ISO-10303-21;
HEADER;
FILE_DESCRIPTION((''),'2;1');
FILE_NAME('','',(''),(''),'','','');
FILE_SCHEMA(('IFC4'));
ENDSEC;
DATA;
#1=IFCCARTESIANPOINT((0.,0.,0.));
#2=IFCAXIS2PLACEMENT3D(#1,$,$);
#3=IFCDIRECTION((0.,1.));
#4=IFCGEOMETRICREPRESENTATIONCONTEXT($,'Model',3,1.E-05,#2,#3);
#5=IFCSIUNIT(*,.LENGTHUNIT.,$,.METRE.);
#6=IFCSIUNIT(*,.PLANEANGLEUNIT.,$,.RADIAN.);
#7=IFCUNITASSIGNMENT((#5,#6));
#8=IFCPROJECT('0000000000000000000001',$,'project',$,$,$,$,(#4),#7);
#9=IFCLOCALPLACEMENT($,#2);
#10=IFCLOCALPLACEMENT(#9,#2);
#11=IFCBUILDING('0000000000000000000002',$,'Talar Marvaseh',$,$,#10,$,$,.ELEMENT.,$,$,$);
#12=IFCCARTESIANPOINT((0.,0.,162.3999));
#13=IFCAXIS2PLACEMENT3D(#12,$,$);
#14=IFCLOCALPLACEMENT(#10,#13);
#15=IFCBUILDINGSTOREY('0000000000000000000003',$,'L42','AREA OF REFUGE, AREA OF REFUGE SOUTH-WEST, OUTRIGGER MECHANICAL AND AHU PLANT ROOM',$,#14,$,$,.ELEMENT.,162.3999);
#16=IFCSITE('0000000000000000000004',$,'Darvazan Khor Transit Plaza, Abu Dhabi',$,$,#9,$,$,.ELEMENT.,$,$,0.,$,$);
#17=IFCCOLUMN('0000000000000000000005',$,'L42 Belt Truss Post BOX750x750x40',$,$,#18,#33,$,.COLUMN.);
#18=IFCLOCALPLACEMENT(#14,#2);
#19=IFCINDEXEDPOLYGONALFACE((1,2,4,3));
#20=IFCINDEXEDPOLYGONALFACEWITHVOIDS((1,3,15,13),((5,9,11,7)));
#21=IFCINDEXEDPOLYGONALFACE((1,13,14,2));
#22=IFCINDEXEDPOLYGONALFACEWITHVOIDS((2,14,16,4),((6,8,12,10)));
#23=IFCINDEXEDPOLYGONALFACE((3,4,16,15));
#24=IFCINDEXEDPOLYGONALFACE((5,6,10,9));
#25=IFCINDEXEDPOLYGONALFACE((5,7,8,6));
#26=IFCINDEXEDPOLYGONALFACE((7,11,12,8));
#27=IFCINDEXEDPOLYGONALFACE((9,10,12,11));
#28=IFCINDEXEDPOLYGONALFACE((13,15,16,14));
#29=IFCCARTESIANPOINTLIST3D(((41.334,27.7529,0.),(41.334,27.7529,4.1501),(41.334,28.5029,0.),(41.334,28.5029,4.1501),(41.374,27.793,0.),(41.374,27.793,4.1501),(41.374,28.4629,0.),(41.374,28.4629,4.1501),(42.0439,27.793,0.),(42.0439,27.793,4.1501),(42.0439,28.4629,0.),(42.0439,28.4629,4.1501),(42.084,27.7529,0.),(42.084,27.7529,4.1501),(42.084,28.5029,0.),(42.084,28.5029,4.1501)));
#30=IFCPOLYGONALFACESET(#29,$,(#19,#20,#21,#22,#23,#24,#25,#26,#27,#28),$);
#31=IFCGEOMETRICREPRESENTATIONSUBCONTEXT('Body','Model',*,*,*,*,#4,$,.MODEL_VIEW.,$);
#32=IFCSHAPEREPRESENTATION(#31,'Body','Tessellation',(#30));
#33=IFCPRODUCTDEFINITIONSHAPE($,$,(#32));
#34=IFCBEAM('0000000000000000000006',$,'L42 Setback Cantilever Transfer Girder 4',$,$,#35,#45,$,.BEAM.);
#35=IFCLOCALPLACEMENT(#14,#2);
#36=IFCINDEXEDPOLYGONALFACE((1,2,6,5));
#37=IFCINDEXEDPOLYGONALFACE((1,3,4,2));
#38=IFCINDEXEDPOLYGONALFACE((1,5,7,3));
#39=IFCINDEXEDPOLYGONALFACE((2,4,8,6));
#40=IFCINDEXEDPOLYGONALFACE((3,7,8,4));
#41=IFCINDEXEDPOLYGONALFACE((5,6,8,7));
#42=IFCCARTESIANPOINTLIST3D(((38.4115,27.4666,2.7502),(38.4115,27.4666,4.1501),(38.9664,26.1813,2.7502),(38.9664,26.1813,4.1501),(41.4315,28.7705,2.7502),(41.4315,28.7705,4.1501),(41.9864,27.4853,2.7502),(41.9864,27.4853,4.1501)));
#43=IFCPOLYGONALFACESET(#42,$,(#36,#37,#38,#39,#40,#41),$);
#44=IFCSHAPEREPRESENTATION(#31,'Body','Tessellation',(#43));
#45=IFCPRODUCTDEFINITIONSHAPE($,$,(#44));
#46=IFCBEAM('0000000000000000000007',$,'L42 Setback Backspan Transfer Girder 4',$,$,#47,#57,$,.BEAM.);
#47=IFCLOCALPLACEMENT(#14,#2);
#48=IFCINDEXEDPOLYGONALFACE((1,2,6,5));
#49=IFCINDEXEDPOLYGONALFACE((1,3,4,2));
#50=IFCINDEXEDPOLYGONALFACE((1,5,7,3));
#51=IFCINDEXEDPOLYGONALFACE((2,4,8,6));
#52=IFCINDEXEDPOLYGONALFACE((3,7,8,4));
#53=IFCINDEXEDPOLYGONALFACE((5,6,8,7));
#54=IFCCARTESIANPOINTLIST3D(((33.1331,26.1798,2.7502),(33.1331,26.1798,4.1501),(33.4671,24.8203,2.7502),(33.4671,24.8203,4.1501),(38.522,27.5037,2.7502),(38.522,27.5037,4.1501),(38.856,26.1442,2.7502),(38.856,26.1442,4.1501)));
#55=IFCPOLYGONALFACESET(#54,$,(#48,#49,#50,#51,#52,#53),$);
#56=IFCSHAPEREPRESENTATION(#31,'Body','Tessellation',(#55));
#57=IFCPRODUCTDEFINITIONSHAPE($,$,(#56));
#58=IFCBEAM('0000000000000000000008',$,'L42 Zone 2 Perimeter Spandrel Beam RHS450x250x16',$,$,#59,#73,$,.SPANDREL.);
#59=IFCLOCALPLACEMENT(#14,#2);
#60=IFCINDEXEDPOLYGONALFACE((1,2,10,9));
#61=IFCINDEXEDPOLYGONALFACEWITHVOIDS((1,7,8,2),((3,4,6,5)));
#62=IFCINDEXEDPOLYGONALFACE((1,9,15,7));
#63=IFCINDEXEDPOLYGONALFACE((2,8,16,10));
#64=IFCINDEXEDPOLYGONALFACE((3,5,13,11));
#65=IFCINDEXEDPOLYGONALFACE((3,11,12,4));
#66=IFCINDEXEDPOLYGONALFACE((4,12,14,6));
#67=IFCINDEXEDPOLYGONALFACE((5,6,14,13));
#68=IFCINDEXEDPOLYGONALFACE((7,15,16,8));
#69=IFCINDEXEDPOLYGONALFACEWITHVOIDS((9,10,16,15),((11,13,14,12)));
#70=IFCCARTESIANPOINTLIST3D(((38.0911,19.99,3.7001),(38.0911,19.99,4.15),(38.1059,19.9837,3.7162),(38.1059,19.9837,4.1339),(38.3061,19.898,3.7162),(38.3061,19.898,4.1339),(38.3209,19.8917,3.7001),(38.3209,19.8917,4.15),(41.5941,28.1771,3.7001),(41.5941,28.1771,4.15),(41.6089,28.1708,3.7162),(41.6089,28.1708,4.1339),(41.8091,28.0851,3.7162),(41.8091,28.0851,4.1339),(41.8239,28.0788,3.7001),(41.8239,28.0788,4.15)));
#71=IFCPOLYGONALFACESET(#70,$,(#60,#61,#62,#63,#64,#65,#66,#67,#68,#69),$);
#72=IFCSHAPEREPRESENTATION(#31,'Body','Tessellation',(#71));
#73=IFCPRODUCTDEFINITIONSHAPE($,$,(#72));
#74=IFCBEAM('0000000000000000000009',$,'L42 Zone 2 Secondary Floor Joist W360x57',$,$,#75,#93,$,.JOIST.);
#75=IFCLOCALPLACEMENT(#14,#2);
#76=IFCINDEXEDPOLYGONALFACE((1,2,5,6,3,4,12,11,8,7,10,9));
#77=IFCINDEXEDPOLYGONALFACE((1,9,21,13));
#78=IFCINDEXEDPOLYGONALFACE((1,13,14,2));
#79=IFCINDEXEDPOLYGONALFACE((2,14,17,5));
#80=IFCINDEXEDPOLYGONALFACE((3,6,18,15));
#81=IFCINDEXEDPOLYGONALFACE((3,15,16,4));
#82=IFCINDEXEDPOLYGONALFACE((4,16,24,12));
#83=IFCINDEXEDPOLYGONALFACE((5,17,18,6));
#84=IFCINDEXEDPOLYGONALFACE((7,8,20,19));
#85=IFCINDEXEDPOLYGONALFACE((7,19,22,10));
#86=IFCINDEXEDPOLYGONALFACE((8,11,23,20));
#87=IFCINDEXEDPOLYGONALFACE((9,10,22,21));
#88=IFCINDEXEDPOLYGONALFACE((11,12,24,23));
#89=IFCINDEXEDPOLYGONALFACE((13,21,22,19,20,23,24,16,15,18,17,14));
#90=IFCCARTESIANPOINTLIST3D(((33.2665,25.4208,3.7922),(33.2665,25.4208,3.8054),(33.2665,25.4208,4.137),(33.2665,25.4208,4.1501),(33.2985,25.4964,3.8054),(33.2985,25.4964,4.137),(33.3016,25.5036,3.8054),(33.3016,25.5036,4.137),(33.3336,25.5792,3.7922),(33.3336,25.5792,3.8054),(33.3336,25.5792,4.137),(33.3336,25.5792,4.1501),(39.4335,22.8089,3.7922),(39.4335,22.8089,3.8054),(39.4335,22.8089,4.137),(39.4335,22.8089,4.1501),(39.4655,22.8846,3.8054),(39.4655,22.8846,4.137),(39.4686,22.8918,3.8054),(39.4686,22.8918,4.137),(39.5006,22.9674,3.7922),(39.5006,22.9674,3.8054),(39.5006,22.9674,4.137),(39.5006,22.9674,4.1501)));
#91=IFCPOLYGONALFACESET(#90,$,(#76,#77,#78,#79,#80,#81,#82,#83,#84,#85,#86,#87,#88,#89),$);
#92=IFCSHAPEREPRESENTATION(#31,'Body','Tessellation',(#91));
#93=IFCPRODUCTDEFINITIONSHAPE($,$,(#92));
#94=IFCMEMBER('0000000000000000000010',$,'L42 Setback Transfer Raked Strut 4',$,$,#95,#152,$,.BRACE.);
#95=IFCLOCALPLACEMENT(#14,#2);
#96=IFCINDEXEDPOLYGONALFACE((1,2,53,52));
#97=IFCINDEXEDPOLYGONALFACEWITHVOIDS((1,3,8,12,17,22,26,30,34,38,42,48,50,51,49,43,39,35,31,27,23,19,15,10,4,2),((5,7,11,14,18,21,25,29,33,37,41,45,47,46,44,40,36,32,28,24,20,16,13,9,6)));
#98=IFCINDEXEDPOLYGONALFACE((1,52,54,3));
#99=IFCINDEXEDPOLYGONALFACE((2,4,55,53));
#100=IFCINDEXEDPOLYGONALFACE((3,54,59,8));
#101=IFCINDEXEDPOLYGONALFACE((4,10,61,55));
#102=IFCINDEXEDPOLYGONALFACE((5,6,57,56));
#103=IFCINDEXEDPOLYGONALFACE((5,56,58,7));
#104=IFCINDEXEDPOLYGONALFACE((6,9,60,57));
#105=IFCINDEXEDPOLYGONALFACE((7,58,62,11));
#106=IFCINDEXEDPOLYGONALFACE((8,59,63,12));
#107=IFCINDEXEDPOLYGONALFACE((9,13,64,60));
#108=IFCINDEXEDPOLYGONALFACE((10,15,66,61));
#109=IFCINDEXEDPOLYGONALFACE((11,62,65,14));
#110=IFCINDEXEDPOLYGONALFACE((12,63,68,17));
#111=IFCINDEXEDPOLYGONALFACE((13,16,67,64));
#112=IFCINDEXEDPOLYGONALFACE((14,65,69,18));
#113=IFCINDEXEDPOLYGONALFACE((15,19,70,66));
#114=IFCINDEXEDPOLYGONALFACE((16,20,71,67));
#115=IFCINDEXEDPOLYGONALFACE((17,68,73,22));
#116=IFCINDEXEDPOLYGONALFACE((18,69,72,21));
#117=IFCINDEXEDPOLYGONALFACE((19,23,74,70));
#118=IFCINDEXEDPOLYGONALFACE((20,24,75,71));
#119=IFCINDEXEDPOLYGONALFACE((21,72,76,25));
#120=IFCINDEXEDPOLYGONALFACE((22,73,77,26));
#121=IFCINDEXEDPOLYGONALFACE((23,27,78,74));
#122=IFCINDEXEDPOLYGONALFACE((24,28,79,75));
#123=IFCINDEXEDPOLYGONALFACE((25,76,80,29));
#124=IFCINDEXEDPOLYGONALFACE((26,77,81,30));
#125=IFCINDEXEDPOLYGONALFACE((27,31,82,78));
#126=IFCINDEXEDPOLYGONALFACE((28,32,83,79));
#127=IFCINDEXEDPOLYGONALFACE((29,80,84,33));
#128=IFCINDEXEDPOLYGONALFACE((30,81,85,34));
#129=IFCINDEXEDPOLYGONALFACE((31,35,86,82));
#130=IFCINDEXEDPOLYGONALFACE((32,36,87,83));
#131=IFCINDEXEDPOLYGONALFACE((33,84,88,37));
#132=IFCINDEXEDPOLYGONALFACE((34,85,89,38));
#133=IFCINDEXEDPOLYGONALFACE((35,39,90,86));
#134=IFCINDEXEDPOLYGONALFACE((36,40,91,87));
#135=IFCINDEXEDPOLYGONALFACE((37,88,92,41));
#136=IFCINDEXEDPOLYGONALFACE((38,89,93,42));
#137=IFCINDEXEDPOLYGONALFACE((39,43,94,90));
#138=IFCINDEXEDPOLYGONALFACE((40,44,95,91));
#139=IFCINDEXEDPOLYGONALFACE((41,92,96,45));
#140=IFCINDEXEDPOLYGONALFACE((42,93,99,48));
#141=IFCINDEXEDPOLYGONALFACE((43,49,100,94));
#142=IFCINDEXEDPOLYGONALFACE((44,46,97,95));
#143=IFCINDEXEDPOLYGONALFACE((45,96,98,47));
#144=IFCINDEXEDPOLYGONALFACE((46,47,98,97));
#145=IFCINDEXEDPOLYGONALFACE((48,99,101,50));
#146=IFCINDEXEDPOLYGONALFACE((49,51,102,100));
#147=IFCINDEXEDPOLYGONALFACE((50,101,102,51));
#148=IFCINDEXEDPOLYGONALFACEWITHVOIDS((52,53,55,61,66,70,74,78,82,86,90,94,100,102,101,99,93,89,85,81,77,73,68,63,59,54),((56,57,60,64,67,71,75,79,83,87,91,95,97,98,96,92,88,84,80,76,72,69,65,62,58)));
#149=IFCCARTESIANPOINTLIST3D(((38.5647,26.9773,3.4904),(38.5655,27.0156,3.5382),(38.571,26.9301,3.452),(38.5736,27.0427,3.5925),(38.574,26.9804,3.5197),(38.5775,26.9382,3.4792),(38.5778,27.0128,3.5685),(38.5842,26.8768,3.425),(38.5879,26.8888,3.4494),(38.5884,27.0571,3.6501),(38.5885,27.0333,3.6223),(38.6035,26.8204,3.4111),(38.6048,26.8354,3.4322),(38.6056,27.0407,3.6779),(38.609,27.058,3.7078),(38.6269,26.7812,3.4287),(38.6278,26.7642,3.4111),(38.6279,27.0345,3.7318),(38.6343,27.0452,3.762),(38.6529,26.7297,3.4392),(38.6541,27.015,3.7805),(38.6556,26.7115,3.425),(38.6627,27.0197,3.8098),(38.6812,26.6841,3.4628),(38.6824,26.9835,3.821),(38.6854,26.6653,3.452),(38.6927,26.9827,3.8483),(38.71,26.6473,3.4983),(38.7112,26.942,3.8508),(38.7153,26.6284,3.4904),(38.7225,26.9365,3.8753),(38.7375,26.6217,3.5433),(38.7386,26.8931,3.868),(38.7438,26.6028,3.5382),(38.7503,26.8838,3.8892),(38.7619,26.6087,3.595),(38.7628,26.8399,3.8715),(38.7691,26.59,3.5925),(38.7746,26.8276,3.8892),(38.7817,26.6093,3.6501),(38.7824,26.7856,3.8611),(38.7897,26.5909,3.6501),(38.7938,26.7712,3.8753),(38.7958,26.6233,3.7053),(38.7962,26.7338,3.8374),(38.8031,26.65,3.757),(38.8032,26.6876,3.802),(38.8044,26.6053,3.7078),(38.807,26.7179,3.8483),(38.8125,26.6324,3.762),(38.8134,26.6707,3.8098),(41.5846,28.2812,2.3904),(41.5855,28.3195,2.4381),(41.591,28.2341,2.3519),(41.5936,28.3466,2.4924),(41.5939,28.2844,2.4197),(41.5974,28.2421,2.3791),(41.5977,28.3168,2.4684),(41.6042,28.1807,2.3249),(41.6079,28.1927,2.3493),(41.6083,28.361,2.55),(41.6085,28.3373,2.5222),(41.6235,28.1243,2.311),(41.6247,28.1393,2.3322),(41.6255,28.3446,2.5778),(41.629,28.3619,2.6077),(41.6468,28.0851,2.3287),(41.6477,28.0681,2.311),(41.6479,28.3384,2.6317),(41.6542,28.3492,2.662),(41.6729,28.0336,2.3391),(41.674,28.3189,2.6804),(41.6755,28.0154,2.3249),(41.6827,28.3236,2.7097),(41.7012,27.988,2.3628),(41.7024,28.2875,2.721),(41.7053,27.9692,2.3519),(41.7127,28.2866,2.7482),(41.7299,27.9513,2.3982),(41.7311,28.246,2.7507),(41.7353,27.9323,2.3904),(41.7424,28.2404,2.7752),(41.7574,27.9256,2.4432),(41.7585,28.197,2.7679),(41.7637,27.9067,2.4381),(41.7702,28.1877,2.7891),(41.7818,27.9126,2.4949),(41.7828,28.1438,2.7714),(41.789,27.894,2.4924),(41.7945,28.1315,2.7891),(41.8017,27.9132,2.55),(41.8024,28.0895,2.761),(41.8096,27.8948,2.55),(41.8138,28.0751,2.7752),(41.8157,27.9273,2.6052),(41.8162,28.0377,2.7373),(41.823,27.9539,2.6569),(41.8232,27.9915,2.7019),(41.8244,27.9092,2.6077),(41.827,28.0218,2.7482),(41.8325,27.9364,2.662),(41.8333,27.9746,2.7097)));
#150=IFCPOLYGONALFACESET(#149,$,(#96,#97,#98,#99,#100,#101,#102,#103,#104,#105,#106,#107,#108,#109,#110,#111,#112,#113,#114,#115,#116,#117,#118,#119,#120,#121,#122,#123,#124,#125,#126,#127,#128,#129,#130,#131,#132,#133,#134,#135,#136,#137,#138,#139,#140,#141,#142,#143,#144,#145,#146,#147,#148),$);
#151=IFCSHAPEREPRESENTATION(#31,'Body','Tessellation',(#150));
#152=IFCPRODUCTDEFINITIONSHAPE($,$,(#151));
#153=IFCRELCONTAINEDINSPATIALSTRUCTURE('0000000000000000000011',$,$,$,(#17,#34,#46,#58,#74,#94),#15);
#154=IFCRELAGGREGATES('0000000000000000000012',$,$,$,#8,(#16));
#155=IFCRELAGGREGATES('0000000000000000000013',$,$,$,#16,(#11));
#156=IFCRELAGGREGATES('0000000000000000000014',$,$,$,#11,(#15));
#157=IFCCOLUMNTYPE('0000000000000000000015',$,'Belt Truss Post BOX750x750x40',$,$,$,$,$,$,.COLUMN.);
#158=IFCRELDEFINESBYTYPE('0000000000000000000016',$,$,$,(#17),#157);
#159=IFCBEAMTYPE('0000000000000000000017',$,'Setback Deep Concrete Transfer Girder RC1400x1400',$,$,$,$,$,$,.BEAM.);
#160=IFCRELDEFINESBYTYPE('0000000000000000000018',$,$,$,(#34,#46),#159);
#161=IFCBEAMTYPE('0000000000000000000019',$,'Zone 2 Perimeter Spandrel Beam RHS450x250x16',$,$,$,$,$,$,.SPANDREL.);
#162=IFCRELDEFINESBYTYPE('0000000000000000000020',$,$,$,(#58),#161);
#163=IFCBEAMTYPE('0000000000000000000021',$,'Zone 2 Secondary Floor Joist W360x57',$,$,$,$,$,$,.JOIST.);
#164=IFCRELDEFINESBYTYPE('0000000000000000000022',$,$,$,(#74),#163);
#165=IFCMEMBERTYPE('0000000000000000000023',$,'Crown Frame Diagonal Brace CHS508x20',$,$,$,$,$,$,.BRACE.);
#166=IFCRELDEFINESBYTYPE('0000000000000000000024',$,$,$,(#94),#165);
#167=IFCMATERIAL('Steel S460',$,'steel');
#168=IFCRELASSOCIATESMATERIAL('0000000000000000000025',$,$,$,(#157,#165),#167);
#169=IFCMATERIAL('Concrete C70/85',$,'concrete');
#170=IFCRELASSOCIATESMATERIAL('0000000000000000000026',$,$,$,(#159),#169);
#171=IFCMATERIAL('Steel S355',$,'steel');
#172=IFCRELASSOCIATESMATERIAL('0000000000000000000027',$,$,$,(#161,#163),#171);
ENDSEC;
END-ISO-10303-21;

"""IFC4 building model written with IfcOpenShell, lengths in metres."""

from ifc_helpers import new_model, si_unit, direction, frame, origin, origin_2d, place, context, subcontext, project, spatial, rectangle, hollow_rectangle, hollow_circle, i_section, extrude, source, transform, mapped, material, material_profile, profile_set, type_object, type_shapes, element, save


model = new_model("IFC4")

# Units and contexts
model_context = context("Model", 3, precision=1e-05, world=origin(), true_north=direction((0.0, 1.0)))
body_context = subcontext(model_context, "Body", "Model", "MODEL_VIEW")
ifc_project = project(units=[si_unit("LENGTHUNIT", "METRE"), si_unit("PLANEANGLEUNIT", "RADIAN")], contexts=[model_context])

# Site, building, storey
site_placement = place(None, origin())
site = spatial("IfcSite", under=ifc_project, at=site_placement, Name="Darvazan Khor Transit Plaza, Abu Dhabi", CompositionType="ELEMENT", RefElevation=0.0)
building_placement = place(site_placement, origin())
building = spatial("IfcBuilding", under=site, at=building_placement, Name="Talar Marvaseh", CompositionType="ELEMENT")
storey_placement = place(building_placement, frame((0.0, 0.0, 162.3999)))
storey = spatial("IfcBuildingStorey", under=building, at=storey_placement, Name="L42", Description="AREA OF REFUGE, AREA OF REFUGE SOUTH-WEST, OUTRIGGER MECHANICAL AND AHU PLANT ROOM", CompositionType="ELEMENT", Elevation=162.3999)

# Column
ifc_material_1 = material(Name="Steel S460", Category="steel")
ifc_material_profile_1 = material_profile(ifc_material_1, hollow_rectangle(XDim=0.75, YDim=0.75, WallThickness=0.04, at=origin_2d()), Name="BOX750x750x40")
ifc_profile_set_1 = profile_set([ifc_material_profile_1], Name="Steel S460")
column_type = type_object("IfcColumnType", Name="Belt Truss Post BOX750x750x40", PredefinedType="COLUMN", material=ifc_profile_set_1)
column_placement = place(storey_placement, frame((41.709, 28.1279, 0.0), z_axis=(0.0, 0.0, 1.0), x_axis=(1.0, 0.0, 0.0)))
element("IfcColumn", 1, at=column_placement, inside=storey, type_object=column_type, Name="L42 Belt Truss Post BOX750x750x40", PredefinedType="COLUMN", context=body_context, shape_type="SweptSolid", body=[
    extrude(hollow_rectangle(XDim=0.75, YDim=0.75, WallThickness=0.04, at=origin_2d()), origin(), (0.0, 0.0, 1.0), 4.1501),
])

# Beams
ifc_material_2 = material(Name="Concrete C70/85", Category="concrete")
ifc_material_profile_2 = material_profile(ifc_material_2, rectangle(XDim=1.3999, YDim=1.3999, at=origin_2d()), Name="RC1400x1400")
ifc_profile_set_2 = profile_set([ifc_material_profile_2], Name="Concrete C70/85")
beam_type_1 = type_object("IfcBeamType", Name="Setback Deep Concrete Transfer Girder RC1400x1400", PredefinedType="BEAM", material=ifc_profile_set_2)
beam_1_placement = place(storey_placement, frame((41.709, 28.1279, 3.4502), z_axis=(-0.918078, -0.396399, 0.0), x_axis=(0.396399, -0.918078, 0.0)))
element("IfcBeam", 2, at=beam_1_placement, inside=storey, type_object=beam_type_1, Name="L42 Setback Cantilever Transfer Girder 4", PredefinedType="BEAM", context=body_context, shape_type="SweptSolid", body=[
    extrude(rectangle(XDim=1.3999, YDim=1.3999, at=origin_2d()), origin(), (0.0, 0.0, 1.0), 3.2896),
])
beam_2_placement = place(storey_placement, frame((38.689, 26.824, 3.4502), z_axis=(-0.971121, -0.23859, 0.0), x_axis=(0.23859, -0.971121, 0.0)))
element("IfcBeam", 3, at=beam_2_placement, inside=storey, type_object=beam_type_1, Name="L42 Setback Backspan Transfer Girder 4", PredefinedType="BEAM", context=body_context, shape_type="SweptSolid", body=[
    extrude(rectangle(XDim=1.3999, YDim=1.3999, at=origin_2d()), origin(), (0.0, 0.0, 1.0), 5.5491),
])
ifc_material_3 = material(Name="Steel S355", Category="steel")
ifc_material_profile_3 = material_profile(ifc_material_3, hollow_rectangle(XDim=0.25, YDim=0.45, WallThickness=0.0161, at=origin_2d()), Name="RHS450x250x16")
ifc_profile_set_3 = profile_set([ifc_material_profile_3], Name="Steel S355")
beam_type_2 = type_object("IfcBeamType", Name="Zone 2 Perimeter Spandrel Beam RHS450x250x16", PredefinedType="SPANDREL", material=ifc_profile_set_3)
beam_3_placement = place(storey_placement, frame((41.709, 28.1279, 3.925), z_axis=(-0.39337, -0.91938, 0.0), x_axis=(0.91938, -0.39337, 0.0)))
element("IfcBeam", 4, at=beam_3_placement, inside=storey, type_object=beam_type_2, Name="L42 Zone 2 Perimeter Spandrel Beam RHS450x250x16", PredefinedType="SPANDREL", context=body_context, shape_type="SweptSolid", body=[
    extrude(hollow_rectangle(XDim=0.25, YDim=0.45, WallThickness=0.0161, at=origin_2d()), origin(), (0.0, 0.0, 1.0), 8.905),
])
ifc_material_profile_4 = material_profile(ifc_material_3, i_section(OverallWidth=0.1721, OverallDepth=0.3579, WebThickness=0.0078, FlangeThickness=0.0132, at=origin_2d()), Name="W360x57")
ifc_profile_set_4 = profile_set([ifc_material_profile_4], Name="Steel S355")
beam_type_3 = type_object("IfcBeamType", Name="Zone 2 Secondary Floor Joist W360x57", PredefinedType="JOIST", material=ifc_profile_set_4)
beam_4_placement = place(storey_placement, frame((39.467, 22.8882, 3.9712), z_axis=(-0.920822, 0.389982, 0.0), x_axis=(-0.389982, -0.920822, 0.0)))
element("IfcBeam", 5, at=beam_4_placement, inside=storey, type_object=beam_type_3, Name="L42 Zone 2 Secondary Floor Joist W360x57", PredefinedType="JOIST", context=body_context, shape_type="SweptSolid", body=[
    extrude(i_section(OverallWidth=0.1721, OverallDepth=0.3579, WebThickness=0.0078, FlangeThickness=0.0132, at=origin_2d()), origin(), (0.0, 0.0, 1.0), 6.6973),
])

# Member
ifc_material_profile_5 = material_profile(ifc_material_1, hollow_circle(Radius=0.2539, WallThickness=0.02, at=origin_2d()), Name="CHS508x20")
ifc_profile_set_5 = profile_set([ifc_material_profile_5], Name="Steel S460")
member_type_1 = type_object("IfcMemberType", Name="Crown Frame Diagonal Brace CHS508x20", PredefinedType="BRACE", material=ifc_profile_set_5)
shared_shape_1 = source(origin(), body_context, "Body", "SweptSolid", [
    extrude(hollow_circle(Radius=0.2539, WallThickness=0.02, at=origin_2d()), origin(), (0.0, 0.0, 1.0), 3.4685),
])
type_shapes(member_type_1, [shared_shape_1])
member_1_placement = place(storey_placement, frame((41.709, 28.1279, 2.55), z_axis=(-0.870679, -0.375934, 0.317161), x_axis=(0.396399, -0.918078, 0.0)))
element("IfcMember", 6, at=member_1_placement, inside=storey, type_object=member_type_1, Name="L42 Setback Transfer Raked Strut 4", PredefinedType="BRACE", context=body_context, shape_type="MappedRepresentation", body=[
    mapped(shared_shape_1, transform((0.0, 0.0, 0.0), x_axis=(1.0, 0.0, 0.0), y_axis=(0.0, 1.0, 0.0), z_axis=(0.0, 0.0, 1.0), scale=1.0)),
])

save(model, "model.ifc")
